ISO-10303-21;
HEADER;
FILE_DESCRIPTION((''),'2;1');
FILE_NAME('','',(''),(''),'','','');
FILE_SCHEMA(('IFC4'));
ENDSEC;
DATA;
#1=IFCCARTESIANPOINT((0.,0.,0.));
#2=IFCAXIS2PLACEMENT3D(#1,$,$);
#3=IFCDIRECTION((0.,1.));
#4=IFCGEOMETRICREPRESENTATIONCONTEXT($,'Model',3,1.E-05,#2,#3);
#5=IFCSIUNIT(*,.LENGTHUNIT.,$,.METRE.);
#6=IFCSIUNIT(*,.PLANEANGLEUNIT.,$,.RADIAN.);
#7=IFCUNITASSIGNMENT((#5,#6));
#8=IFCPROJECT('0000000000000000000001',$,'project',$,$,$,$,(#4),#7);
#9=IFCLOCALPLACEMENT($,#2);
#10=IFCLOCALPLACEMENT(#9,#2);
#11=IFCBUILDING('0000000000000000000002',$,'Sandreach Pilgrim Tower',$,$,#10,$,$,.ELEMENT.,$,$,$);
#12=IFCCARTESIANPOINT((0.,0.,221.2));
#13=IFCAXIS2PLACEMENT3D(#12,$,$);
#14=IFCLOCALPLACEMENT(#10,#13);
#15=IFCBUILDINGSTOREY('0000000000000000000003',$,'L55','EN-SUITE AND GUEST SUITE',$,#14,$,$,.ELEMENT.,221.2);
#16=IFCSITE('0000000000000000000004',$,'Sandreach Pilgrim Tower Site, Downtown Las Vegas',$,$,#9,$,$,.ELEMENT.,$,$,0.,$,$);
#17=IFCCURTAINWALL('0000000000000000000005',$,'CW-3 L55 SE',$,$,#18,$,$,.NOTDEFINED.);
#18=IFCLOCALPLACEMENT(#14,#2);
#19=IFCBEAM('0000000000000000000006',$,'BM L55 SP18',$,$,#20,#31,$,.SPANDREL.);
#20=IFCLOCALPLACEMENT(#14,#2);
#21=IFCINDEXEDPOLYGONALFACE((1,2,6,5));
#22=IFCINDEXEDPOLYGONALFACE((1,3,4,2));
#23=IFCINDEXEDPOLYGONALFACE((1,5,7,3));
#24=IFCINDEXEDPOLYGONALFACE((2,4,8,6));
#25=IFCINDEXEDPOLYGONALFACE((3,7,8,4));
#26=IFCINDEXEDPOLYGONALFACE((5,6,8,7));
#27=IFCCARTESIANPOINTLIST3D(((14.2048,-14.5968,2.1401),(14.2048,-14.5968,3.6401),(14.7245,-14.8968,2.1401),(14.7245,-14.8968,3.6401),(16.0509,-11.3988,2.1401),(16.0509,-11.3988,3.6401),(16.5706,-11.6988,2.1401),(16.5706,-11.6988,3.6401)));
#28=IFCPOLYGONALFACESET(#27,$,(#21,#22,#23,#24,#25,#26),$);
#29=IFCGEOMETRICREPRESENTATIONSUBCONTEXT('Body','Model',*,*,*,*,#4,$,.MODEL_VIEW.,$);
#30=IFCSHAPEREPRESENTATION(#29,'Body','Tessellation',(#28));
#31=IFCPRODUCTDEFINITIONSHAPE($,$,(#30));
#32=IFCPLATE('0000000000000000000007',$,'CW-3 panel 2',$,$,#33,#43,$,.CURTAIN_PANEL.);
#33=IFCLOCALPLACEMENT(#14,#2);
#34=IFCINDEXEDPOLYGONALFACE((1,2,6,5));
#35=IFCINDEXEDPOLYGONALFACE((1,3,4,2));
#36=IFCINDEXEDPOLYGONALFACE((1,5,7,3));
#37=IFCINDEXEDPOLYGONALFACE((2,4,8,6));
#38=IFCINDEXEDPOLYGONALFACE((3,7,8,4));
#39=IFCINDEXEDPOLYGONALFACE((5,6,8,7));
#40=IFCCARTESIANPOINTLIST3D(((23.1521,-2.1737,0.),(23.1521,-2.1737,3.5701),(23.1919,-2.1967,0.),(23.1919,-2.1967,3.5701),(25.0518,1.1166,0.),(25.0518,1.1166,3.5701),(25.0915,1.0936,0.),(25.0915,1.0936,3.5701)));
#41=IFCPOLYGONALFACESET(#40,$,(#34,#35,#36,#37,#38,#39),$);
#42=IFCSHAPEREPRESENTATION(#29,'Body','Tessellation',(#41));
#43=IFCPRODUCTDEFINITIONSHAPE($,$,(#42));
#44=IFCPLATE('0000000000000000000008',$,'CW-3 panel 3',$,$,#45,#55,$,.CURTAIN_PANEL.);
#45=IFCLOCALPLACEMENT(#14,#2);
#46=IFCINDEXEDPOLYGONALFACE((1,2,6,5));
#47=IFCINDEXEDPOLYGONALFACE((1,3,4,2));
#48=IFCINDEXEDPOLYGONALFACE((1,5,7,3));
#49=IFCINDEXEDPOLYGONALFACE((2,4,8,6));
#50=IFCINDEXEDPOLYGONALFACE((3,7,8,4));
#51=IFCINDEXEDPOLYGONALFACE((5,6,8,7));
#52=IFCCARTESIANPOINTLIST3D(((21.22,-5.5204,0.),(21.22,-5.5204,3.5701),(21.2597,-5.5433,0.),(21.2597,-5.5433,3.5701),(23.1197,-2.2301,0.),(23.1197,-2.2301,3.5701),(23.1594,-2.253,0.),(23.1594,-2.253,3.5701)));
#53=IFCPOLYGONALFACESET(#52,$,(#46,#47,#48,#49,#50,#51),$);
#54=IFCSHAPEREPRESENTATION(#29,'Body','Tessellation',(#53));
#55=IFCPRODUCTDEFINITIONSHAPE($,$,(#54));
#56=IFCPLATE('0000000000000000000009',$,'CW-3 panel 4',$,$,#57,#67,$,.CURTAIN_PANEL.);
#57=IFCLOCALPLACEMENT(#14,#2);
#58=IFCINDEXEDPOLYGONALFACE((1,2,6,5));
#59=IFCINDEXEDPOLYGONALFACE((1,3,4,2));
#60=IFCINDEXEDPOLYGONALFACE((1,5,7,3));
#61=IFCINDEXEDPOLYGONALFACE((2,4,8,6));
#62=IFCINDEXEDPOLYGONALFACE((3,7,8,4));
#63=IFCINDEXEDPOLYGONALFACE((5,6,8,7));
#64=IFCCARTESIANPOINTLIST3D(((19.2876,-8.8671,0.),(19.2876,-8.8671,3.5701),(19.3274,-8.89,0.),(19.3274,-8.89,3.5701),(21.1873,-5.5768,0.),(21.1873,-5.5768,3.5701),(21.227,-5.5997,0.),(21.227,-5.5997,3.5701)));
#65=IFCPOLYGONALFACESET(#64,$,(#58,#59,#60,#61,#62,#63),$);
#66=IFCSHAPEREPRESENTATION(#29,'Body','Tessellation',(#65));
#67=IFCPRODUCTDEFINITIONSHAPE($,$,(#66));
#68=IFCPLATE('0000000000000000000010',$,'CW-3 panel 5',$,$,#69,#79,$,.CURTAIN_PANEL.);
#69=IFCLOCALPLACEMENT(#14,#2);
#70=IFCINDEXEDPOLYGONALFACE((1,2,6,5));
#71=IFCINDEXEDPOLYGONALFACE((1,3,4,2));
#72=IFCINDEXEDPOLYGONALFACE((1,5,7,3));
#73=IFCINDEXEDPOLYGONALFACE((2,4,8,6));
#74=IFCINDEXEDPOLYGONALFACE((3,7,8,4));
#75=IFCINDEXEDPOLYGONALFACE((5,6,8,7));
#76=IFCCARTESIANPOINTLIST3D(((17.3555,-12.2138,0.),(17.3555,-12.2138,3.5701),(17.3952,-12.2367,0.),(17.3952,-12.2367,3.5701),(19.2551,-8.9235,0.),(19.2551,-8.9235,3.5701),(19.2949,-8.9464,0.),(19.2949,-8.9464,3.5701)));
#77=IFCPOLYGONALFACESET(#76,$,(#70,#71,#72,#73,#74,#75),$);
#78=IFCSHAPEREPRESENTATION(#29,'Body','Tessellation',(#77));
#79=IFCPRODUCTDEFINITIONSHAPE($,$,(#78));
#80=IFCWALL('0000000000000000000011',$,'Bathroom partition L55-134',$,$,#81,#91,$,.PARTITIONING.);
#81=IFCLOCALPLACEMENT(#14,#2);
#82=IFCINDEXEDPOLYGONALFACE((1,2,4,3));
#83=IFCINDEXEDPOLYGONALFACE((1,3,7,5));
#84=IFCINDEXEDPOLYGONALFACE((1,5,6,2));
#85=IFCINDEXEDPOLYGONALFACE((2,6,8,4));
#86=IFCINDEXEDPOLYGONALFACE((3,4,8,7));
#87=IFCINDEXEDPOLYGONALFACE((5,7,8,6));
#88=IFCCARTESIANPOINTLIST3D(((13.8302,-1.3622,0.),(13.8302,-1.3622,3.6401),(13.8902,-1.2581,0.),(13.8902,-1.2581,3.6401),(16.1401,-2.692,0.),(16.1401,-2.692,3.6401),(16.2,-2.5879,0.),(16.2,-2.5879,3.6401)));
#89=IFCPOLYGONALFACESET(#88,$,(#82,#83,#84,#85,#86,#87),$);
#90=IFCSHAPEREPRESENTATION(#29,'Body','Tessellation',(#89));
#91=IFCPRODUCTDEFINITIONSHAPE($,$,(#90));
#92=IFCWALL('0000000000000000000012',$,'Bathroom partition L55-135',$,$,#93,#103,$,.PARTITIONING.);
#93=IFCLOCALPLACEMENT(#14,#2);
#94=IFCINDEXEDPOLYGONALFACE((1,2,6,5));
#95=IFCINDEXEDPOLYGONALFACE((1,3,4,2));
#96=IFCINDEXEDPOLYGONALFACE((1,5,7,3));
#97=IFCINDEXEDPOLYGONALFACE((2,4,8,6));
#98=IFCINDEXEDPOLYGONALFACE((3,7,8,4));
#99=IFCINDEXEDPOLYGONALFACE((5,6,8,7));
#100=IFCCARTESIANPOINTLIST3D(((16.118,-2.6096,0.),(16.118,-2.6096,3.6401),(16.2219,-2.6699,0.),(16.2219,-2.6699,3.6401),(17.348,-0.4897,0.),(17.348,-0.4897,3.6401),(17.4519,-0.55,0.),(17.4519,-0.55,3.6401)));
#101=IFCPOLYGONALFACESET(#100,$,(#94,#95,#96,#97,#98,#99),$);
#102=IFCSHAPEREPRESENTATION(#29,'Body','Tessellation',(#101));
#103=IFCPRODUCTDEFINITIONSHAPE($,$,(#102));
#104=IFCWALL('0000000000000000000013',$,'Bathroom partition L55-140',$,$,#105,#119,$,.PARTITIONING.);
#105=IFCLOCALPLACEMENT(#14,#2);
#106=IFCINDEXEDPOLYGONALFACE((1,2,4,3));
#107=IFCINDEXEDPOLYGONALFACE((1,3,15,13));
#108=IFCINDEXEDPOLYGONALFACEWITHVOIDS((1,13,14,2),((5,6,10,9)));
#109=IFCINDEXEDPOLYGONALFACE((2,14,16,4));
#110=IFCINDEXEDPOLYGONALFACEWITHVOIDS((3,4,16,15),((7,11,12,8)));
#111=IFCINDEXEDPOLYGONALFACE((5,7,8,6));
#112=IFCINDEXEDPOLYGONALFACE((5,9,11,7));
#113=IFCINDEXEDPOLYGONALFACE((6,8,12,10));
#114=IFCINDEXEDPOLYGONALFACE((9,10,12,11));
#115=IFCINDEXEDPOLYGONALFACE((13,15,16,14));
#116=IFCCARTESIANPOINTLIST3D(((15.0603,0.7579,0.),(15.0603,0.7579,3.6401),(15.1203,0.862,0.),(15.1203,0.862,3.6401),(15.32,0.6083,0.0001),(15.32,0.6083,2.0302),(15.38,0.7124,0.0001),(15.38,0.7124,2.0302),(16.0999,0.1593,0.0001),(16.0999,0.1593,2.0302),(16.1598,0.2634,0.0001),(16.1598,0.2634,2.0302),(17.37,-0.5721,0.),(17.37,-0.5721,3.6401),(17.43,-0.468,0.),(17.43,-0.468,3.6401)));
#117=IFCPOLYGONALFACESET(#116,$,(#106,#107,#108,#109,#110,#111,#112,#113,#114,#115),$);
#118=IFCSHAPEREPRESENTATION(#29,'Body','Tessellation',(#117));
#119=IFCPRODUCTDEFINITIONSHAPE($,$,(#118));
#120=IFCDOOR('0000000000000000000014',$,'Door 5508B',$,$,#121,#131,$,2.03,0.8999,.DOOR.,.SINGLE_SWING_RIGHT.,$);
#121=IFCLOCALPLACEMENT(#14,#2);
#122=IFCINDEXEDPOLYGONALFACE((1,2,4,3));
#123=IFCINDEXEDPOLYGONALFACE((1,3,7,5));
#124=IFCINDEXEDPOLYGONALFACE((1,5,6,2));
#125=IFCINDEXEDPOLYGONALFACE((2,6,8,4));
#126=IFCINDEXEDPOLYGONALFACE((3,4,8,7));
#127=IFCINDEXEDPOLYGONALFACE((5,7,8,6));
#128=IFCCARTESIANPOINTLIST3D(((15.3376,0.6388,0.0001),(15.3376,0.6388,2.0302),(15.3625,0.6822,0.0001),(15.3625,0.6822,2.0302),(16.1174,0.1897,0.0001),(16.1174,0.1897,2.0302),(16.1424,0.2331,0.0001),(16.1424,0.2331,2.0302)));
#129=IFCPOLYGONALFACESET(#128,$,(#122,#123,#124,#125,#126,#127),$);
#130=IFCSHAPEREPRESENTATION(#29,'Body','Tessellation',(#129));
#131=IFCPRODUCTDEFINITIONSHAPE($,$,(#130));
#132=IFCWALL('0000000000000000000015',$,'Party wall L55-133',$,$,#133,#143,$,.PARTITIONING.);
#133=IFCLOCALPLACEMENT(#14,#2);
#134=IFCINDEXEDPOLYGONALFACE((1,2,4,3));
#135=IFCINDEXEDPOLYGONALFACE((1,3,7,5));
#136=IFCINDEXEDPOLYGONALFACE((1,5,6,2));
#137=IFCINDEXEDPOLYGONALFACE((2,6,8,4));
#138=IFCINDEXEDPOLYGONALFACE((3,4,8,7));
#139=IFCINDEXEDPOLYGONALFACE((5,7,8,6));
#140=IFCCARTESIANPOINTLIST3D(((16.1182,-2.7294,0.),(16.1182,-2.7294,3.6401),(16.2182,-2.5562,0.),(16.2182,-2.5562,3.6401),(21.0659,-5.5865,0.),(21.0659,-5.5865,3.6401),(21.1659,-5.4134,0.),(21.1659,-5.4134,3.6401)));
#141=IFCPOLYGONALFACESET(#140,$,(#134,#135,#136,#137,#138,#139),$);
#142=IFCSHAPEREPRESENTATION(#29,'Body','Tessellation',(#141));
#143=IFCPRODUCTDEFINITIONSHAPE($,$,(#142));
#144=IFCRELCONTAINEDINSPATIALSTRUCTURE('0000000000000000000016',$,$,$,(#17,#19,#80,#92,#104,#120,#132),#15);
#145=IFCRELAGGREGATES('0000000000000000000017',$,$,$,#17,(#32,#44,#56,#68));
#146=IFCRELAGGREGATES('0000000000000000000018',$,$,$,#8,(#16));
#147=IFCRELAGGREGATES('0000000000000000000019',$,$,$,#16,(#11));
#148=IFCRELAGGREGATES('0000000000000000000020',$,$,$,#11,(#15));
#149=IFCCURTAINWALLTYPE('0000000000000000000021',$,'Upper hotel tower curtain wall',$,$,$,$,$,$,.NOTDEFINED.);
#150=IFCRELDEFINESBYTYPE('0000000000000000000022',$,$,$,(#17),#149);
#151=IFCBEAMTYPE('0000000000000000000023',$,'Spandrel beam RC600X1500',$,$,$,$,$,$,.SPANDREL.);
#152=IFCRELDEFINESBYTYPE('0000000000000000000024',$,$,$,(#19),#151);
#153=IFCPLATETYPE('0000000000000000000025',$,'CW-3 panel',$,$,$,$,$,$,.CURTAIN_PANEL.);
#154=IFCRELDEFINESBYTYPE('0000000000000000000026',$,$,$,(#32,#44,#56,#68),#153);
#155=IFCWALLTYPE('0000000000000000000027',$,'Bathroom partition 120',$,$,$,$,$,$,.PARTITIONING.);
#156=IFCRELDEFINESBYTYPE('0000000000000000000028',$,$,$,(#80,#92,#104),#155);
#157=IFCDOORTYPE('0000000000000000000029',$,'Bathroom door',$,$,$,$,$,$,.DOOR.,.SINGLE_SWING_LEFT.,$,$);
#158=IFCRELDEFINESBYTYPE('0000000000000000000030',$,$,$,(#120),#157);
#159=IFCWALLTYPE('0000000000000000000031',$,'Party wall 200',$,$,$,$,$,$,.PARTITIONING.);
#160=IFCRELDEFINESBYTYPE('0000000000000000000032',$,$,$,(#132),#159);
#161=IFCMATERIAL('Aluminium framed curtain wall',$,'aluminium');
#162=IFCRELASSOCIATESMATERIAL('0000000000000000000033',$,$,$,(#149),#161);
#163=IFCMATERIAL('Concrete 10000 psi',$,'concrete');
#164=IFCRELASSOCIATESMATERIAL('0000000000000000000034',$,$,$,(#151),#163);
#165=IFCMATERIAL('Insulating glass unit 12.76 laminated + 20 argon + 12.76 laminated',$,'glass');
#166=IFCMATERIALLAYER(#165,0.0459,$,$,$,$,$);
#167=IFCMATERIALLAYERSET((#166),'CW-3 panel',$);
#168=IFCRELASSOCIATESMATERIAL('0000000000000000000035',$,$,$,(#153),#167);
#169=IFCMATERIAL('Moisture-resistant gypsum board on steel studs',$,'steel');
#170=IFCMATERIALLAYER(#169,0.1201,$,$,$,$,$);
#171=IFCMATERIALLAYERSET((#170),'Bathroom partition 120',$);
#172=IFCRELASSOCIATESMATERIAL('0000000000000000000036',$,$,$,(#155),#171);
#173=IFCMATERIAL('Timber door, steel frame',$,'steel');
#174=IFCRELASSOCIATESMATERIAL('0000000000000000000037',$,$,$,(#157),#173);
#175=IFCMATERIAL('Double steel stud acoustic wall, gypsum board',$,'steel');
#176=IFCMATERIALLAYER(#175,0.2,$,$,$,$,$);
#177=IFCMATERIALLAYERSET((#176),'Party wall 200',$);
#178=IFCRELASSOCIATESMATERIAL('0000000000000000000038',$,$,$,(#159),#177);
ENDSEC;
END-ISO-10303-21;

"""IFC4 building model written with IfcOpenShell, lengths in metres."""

from ifc_helpers import new_model, si_unit, direction, frame, frame_2d, origin, origin_2d, place, context, subcontext, project, spatial, rectangle, extrude, material, layer, layer_set, material_profile, profile_set, type_object, element, fill, aggregate, save


model = new_model("IFC4")

# Units and contexts
model_context = context("Model", 3, precision=1e-05, world=origin(), true_north=direction((0.0, 1.0)))
body_context = subcontext(model_context, "Body", "Model", "MODEL_VIEW")
ifc_project = project(units=[si_unit("LENGTHUNIT", "METRE"), si_unit("PLANEANGLEUNIT", "RADIAN")], contexts=[model_context])

# Site, building, storey
site_placement = place(None, origin())
site = spatial("IfcSite", under=ifc_project, at=site_placement, Name="Sandreach Pilgrim Tower Site, Downtown Las Vegas", CompositionType="ELEMENT", RefElevation=0.0)
building_placement = place(site_placement, origin())
building = spatial("IfcBuilding", under=site, at=building_placement, Name="Sandreach Pilgrim Tower", CompositionType="ELEMENT")
storey_placement = place(building_placement, frame((0.0, 0.0, 221.2)))
storey = spatial("IfcBuildingStorey", under=building, at=storey_placement, Name="L55", Description="EN-SUITE AND GUEST SUITE", CompositionType="ELEMENT", Elevation=221.2)

# Curtain wall
ifc_material_1 = material(Name="Aluminium framed curtain wall", Category="aluminium")
curtain_wall_type = type_object("IfcCurtainWallType", Name="Upper hotel tower curtain wall", PredefinedType="NOTDEFINED", material=ifc_material_1)
curtain_wall_placement = place(storey_placement, origin())
curtain_wall = element("IfcCurtainWall", 1, at=curtain_wall_placement, inside=storey, type_object=curtain_wall_type, Name="CW-3 L55 SE", PredefinedType="NOTDEFINED")

# Beam
ifc_material_2 = material(Name="Concrete 10000 psi", Category="concrete")
ifc_material_profile_1 = material_profile(ifc_material_2, rectangle(XDim=0.6001, YDim=1.5, at=origin_2d()), Name="RC600X1500")
ifc_profile_set_1 = profile_set([ifc_material_profile_1], Name="Concrete 10000 psi")
beam_type_1 = type_object("IfcBeamType", Name="Spandrel beam RC600X1500", PredefinedType="SPANDREL", material=ifc_profile_set_1)
for number, where, z_axis, x_axis, name in (
    (2, (16.3108, -11.5488, 2.8901), (-0.499965, -0.866046, 0.0), (0.866046, -0.499965, 0.0), "BM L55 SP18"),
):
    element("IfcBeam", number, at=place(storey_placement, frame(where, z_axis=z_axis, x_axis=x_axis)), inside=storey, type_object=beam_type_1, Name=name, PredefinedType="SPANDREL", context=body_context, shape_type="SweptSolid", body=[
        extrude(rectangle(XDim=0.6001, YDim=1.5, at=origin_2d()), origin(), (0.0, 0.0, 1.0), 3.6926),
    ])

# Plates
ifc_material_3 = material(Name="Insulating glass unit 12.76 laminated + 20 argon + 12.76 laminated", Category="glass")
ifc_layer_1 = layer(ifc_material_3, 0.0459)
ifc_layer_set_1 = layer_set([ifc_layer_1], Name="CW-3 panel")
plate_type = type_object("IfcPlateType", Name="CW-3 panel", PredefinedType="CURTAIN_PANEL", material=ifc_layer_set_1)
plate_1_placement = place(storey_placement, frame((24.1218, -0.54, 0.0), z_axis=(0.0, 0.0, 1.0), x_axis=(-0.5, -0.866025, 0.0)))
plate_1 = element("IfcPlate", 3, at=plate_1_placement, type_object=plate_type, Name="CW-3 panel 2", PredefinedType="CURTAIN_PANEL", context=body_context, shape_type="SweptSolid", body=[
    extrude(rectangle(XDim=3.7993, YDim=0.0459, at=origin_2d()), origin(), (0.0, 0.0, 1.0), 3.5701),
])
plate_2_placement = place(storey_placement, frame((22.1897, -3.8867, 0.0), z_axis=(0.0, 0.0, 1.0), x_axis=(-0.5, -0.866025, 0.0)))
plate_2 = element("IfcPlate", 4, at=plate_2_placement, type_object=plate_type, Name="CW-3 panel 3", PredefinedType="CURTAIN_PANEL", context=body_context, shape_type="SweptSolid", body=[
    extrude(rectangle(XDim=3.7993, YDim=0.0459, at=origin_2d()), origin(), (0.0, 0.0, 1.0), 3.5701),
])
plate_3_placement = place(storey_placement, frame((20.2573, -7.2334, 0.0), z_axis=(0.0, 0.0, 1.0), x_axis=(-0.5, -0.866025, 0.0)))
plate_3 = element("IfcPlate", 5, at=plate_3_placement, type_object=plate_type, Name="CW-3 panel 4", PredefinedType="CURTAIN_PANEL", context=body_context, shape_type="SweptSolid", body=[
    extrude(rectangle(XDim=3.7993, YDim=0.0459, at=origin_2d()), origin(), (0.0, 0.0, 1.0), 3.5701),
])
plate_4_placement = place(storey_placement, frame((18.3252, -10.5801, 0.0), z_axis=(0.0, 0.0, 1.0), x_axis=(-0.5, -0.866025, 0.0)))
plate_4 = element("IfcPlate", 6, at=plate_4_placement, type_object=plate_type, Name="CW-3 panel 5", PredefinedType="CURTAIN_PANEL", context=body_context, shape_type="SweptSolid", body=[
    extrude(rectangle(XDim=3.7993, YDim=0.0459, at=origin_2d()), origin(), (0.0, 0.0, 1.0), 3.5701),
])
aggregate(curtain_wall, [plate_1, plate_2, plate_3, plate_4])

# Walls
ifc_material_4 = material(Name="Moisture-resistant gypsum board on steel studs", Category="steel")
ifc_layer_2 = layer(ifc_material_4, 0.1201)
ifc_layer_set_2 = layer_set([ifc_layer_2], Name="Bathroom partition 120")
wall_type_1 = type_object("IfcWallType", Name="Bathroom partition 120", PredefinedType="PARTITIONING", material=ifc_layer_set_2)
wall_1_placement = place(storey_placement, frame((16.1699, -2.6399, 0.0), z_axis=(0.0, 0.0, 1.0), x_axis=(-0.866632, 0.498948, 0.0)))
element("IfcWall", 7, at=wall_1_placement, inside=storey, type_object=wall_type_1, Name="Bathroom partition L55-134", PredefinedType="PARTITIONING", context=body_context, shape_type="SweptSolid", body=[
    extrude(rectangle(XDim=2.6653, YDim=0.1201, at=frame_2d((1.3325, 0.0))), origin(), (0.0, 0.0, 1.0), 3.6401),
])
wall_2_placement = place(storey_placement, frame((16.1699, -2.6399, 0.0), z_axis=(0.0, 0.0, 1.0), x_axis=(0.501857, 0.864951, 0.0)))
element("IfcWall", 8, at=wall_2_placement, inside=storey, type_object=wall_type_1, Name="Bathroom partition L55-135", PredefinedType="PARTITIONING", context=body_context, shape_type="SweptSolid", body=[
    extrude(rectangle(XDim=2.4509, YDim=0.1201, at=frame_2d((1.2256, 0.0))), origin(), (0.0, 0.0, 1.0), 3.6401),
])

# Wall, opening, door
wall_3_placement = place(storey_placement, frame((17.3999, -0.52, 0.0), z_axis=(0.0, 0.0, 1.0), x_axis=(-0.866592, 0.499017, 0.0)))
wall_3 = element("IfcWall", 9, at=wall_3_placement, inside=storey, type_object=wall_type_1, Name="Bathroom partition L55-140", PredefinedType="PARTITIONING", context=body_context, shape_type="SweptSolid", body=[
    extrude(rectangle(XDim=2.6653, YDim=0.1201, at=frame_2d((1.3325, 0.0))), origin(), (0.0, 0.0, 1.0), 3.6401),
])
opening_placement = place(wall_3_placement, frame((1.4656, 0.0, 0.0)))
opening = element("IfcOpeningElement", 10, at=opening_placement, cuts=wall_3, PredefinedType="OPENING", context=body_context, shape_type="SweptSolid", body=[
    extrude(rectangle(XDim=0.8999, YDim=2.03, at=frame_2d((0.45, 1.0151))), frame((0.0, 0.0601, 0.0), z_axis=(0.0, -1.0, 0.0), x_axis=(1.0, 0.0, 0.0)), (0.0, 0.0, 1.0), 0.1201),
])
ifc_material_5 = material(Name="Timber door, steel frame", Category="steel")
door_type = type_object("IfcDoorType", Name="Bathroom door", OperationType="SINGLE_SWING_LEFT", PredefinedType="DOOR", material=ifc_material_5)
door_placement = place(opening_placement, origin())
door = element("IfcDoor", 11, at=door_placement, inside=storey, type_object=door_type, Name="Door 5508B", OperationType="SINGLE_SWING_RIGHT", OverallHeight=2.03, OverallWidth=0.8999, PredefinedType="DOOR", context=body_context, shape_type="SweptSolid", body=[
    extrude(rectangle(XDim=0.8999, YDim=2.03, at=frame_2d((0.45, 1.0151))), frame((0.0, 0.0249, 0.0), z_axis=(0.0, -1.0, 0.0), x_axis=(1.0, 0.0, 0.0)), (0.0, 0.0, 1.0), 0.05),
])
fill(opening, door)

# Wall
ifc_material_6 = material(Name="Double steel stud acoustic wall, gypsum board", Category="steel")
ifc_layer_3 = layer(ifc_material_6, 0.2)
ifc_layer_set_3 = layer_set([ifc_layer_3], Name="Party wall 200")
wall_type_2 = type_object("IfcWallType", Name="Party wall 200", PredefinedType="PARTITIONING", material=ifc_layer_set_3)
wall_4_placement = place(storey_placement, frame((16.1682, -2.6428, 0.0), z_axis=(0.0, 0.0, 1.0), x_axis=(0.865981, -0.500078, 0.0)))
element("IfcWall", 12, at=wall_4_placement, inside=storey, type_object=wall_type_2, Name="Party wall L55-133", PredefinedType="PARTITIONING", context=body_context, shape_type="SweptSolid", body=[
    extrude(rectangle(XDim=5.7134, YDim=0.2, at=frame_2d((2.8567, 0.0))), origin(), (0.0, 0.0, 1.0), 3.6401),
])

save(model, "model.ifc")
